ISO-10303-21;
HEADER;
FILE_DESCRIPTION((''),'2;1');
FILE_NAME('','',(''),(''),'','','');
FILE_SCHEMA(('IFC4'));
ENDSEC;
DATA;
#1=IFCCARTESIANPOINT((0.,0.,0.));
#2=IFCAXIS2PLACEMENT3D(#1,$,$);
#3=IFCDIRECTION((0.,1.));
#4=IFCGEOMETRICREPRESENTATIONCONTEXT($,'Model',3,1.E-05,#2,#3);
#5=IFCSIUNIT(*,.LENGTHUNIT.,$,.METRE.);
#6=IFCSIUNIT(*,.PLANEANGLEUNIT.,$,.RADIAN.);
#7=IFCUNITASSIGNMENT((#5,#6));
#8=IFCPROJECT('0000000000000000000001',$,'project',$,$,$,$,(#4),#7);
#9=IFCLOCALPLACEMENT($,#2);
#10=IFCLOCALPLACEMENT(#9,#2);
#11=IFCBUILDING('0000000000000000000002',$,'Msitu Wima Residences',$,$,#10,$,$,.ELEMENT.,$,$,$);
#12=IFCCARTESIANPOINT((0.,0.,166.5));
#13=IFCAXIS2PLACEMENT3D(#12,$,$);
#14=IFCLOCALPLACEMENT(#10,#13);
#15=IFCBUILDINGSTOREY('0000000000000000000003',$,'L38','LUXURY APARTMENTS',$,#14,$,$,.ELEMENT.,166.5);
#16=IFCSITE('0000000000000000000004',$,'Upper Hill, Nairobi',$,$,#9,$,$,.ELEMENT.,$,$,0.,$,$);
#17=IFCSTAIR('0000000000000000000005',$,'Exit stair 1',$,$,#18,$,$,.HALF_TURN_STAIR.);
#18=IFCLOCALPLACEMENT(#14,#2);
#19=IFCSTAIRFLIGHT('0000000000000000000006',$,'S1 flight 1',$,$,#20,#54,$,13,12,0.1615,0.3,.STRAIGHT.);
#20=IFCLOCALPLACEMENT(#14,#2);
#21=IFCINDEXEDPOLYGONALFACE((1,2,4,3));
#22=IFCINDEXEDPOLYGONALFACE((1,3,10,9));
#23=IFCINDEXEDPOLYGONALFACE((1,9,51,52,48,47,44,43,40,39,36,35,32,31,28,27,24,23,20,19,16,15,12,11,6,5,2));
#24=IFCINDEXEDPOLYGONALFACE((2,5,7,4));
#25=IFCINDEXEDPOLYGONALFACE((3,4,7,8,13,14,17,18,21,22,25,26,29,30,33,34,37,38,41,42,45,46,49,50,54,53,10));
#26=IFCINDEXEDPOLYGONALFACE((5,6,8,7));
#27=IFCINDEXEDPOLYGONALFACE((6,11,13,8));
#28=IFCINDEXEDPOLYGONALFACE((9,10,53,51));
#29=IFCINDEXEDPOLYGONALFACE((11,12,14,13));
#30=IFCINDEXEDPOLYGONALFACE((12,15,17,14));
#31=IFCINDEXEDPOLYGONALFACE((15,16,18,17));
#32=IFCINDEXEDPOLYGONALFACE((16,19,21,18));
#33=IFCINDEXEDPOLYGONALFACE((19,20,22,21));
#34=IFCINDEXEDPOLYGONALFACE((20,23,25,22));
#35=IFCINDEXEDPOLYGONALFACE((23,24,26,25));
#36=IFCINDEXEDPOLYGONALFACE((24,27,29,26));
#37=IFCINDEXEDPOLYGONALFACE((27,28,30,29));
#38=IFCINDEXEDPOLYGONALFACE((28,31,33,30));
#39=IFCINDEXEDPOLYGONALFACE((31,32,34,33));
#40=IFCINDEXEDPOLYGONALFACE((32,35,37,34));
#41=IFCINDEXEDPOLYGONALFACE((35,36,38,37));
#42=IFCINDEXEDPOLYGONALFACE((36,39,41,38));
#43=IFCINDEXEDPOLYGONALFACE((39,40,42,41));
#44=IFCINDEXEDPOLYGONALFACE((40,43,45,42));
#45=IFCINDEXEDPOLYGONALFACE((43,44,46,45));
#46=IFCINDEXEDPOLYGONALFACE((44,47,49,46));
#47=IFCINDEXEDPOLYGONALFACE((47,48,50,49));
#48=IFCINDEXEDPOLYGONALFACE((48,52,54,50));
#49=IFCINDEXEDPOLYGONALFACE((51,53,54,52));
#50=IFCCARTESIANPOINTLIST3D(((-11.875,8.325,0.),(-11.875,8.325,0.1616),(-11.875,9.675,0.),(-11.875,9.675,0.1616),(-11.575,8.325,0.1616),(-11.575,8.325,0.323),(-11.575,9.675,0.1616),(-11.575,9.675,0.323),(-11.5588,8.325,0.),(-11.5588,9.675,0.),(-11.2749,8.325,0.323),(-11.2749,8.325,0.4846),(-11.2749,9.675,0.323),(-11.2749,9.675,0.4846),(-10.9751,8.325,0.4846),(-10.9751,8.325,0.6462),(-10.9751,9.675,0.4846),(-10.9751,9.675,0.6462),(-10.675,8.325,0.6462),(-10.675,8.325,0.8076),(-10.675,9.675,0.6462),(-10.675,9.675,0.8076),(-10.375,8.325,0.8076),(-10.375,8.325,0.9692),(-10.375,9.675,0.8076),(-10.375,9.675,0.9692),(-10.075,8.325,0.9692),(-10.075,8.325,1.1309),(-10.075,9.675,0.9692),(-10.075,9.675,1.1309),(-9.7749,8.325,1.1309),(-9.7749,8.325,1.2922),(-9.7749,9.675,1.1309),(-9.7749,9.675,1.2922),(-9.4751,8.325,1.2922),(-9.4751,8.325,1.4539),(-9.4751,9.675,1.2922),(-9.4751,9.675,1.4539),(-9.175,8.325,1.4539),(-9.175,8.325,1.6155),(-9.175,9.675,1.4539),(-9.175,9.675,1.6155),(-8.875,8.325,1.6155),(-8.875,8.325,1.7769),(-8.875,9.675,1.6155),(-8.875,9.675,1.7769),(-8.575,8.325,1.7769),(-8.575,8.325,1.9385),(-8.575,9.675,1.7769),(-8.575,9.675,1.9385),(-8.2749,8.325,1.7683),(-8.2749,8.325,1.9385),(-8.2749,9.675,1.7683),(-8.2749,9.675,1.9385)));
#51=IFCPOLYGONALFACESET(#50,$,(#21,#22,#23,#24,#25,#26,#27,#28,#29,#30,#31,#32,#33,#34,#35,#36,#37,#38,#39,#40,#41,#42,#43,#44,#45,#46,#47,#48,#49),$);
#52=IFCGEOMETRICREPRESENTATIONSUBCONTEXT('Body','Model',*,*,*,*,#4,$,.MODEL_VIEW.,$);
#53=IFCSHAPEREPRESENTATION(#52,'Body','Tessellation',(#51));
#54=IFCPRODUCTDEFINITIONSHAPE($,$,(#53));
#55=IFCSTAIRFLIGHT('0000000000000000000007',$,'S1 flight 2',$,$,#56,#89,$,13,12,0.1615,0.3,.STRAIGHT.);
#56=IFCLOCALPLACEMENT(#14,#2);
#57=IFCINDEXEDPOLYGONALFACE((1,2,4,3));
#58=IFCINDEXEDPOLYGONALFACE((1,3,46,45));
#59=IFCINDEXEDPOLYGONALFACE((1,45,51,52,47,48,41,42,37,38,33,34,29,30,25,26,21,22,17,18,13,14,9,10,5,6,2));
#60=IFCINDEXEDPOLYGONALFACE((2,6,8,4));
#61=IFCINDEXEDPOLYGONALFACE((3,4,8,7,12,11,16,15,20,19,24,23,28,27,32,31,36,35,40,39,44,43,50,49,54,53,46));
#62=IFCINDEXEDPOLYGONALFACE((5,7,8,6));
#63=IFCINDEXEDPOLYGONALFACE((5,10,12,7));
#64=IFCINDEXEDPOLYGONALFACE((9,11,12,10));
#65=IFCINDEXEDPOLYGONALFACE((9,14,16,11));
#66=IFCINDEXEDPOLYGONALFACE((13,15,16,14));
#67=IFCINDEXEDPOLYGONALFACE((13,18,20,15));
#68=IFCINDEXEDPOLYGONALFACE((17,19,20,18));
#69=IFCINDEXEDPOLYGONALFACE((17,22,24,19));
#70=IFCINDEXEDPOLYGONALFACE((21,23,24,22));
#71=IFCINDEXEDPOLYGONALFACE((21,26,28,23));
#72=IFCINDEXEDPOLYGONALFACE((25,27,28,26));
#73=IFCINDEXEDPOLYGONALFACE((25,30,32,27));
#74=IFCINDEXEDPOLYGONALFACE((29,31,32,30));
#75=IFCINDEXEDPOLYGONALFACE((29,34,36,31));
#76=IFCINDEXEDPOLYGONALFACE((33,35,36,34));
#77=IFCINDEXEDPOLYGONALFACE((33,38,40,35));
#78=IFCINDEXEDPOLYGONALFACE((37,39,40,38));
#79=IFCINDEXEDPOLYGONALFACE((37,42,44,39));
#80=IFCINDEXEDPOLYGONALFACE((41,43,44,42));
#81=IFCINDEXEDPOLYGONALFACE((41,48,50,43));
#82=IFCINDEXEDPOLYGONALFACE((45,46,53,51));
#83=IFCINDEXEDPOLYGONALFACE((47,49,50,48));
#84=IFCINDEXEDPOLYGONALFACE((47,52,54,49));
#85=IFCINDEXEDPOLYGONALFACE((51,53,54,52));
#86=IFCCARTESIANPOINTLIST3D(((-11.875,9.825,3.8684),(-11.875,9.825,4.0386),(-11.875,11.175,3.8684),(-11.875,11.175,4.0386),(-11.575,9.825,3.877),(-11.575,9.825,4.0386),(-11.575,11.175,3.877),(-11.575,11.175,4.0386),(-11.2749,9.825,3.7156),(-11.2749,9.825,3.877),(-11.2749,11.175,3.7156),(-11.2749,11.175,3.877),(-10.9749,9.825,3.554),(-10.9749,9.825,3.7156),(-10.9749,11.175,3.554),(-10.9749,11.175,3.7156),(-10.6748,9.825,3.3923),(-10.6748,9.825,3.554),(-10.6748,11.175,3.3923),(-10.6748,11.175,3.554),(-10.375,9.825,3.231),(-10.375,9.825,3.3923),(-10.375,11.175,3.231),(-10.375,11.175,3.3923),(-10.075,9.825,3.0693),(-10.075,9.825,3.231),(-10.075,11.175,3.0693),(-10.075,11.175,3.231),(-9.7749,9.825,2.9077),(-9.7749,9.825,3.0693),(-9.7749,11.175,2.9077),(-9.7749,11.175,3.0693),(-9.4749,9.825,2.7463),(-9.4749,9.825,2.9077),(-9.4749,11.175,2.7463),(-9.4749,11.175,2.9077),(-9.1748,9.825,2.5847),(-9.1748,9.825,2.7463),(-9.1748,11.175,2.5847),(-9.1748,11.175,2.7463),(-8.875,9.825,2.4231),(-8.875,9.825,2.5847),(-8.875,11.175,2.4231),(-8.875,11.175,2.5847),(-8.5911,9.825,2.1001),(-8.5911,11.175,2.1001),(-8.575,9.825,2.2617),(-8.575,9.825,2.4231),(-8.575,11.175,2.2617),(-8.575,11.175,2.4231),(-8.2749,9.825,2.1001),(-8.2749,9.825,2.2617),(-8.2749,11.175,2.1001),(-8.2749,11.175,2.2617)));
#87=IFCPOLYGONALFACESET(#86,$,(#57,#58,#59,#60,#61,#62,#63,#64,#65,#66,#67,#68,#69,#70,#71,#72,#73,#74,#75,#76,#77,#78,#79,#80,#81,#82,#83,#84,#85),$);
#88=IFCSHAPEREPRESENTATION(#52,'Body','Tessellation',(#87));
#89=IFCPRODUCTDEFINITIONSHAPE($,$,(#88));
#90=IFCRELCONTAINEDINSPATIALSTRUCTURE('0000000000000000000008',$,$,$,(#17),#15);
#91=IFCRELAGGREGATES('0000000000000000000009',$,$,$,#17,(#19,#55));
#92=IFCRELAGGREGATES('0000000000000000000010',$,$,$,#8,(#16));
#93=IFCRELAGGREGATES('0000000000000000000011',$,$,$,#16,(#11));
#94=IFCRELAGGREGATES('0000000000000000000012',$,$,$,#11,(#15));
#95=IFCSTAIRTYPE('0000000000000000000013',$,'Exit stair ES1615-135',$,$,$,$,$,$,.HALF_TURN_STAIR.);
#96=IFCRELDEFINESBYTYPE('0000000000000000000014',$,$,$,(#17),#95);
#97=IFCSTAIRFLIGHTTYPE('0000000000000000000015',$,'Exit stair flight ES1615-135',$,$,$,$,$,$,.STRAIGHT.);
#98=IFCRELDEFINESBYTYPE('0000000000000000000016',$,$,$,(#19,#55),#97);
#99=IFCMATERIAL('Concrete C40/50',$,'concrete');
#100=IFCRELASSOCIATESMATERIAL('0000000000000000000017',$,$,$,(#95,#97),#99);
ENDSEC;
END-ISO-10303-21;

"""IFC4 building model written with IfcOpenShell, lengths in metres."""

from ifc_helpers import new_model, si_unit, direction, frame, origin, place, context, subcontext, project, spatial, polyline, outline, extrude, material, type_object, element, aggregate, save


model = new_model("IFC4")

# Units and contexts
model_context = context("Model", 3, precision=1e-05, world=origin(), true_north=direction((0.0, 1.0)))
body_context = subcontext(model_context, "Body", "Model", "MODEL_VIEW")
ifc_project = project(units=[si_unit("LENGTHUNIT", "METRE"), si_unit("PLANEANGLEUNIT", "RADIAN")], contexts=[model_context])

# Site, building, storey
site_placement = place(None, origin())
site = spatial("IfcSite", under=ifc_project, at=site_placement, Name="Upper Hill, Nairobi", CompositionType="ELEMENT", RefElevation=0.0)
building_placement = place(site_placement, origin())
building = spatial("IfcBuilding", under=site, at=building_placement, Name="Msitu Wima Residences", CompositionType="ELEMENT")
storey_placement = place(building_placement, frame((0.0, 0.0, 166.5)))
storey = spatial("IfcBuildingStorey", under=building, at=storey_placement, Name="L38", Description="LUXURY APARTMENTS", CompositionType="ELEMENT", Elevation=166.5)

# Shared definitions
ifc_material_1 = material(Name="Concrete C40/50", Category="concrete")

# Stair, stair flights
stair_type = type_object("IfcStairType", Name="Exit stair ES1615-135", PredefinedType="HALF_TURN_STAIR", material=ifc_material_1)
stair_placement = place(storey_placement, origin())
stair = element("IfcStair", 1, at=stair_placement, inside=storey, type_object=stair_type, Name="Exit stair 1", PredefinedType="HALF_TURN_STAIR")
stair_flight_type = type_object("IfcStairFlightType", Name="Exit stair flight ES1615-135", PredefinedType="STRAIGHT", material=ifc_material_1)
stair_flight_1_placement = place(storey_placement, frame((-11.875, 9.0, 0.0), z_axis=(0.0, 0.0, 1.0), x_axis=(1.0, 0.0, 0.0)))
stair_flight_1 = element("IfcStairFlight", 2, at=stair_flight_1_placement, type_object=stair_flight_type, Name="S1 flight 1", NumberOfRisers=13, NumberOfTreads=12, PredefinedType="STRAIGHT", RiserHeight=0.1615, TreadLength=0.3, context=body_context, shape_type="SweptSolid", body=[
    extrude(outline(polyline([(0.0, 0.0), (0.0, 0.1616), (0.3, 0.1616), (0.3, 0.323), (0.6001, 0.323), (0.6001, 0.4846), (0.8999, 0.4846), (0.8999, 0.6462), (1.2, 0.6462), (1.2, 0.8076), (1.5, 0.8076), (1.5, 0.9692), (1.8, 0.9692), (1.8, 1.1309), (2.1001, 1.1309), (2.1001, 1.2922), (2.3999, 1.2922), (2.3999, 1.4539), (2.7, 1.4539), (2.7, 1.6155), (3.0, 1.6155), (3.0, 1.7769), (3.3, 1.7769), (3.3, 1.9385), (3.6001, 1.9385), (3.6001, 2.1001), (3.6001, 1.7683), (0.3162, 0.0), (0.0, 0.0)])), frame((0.0, 0.675, 0.0), z_axis=(0.0, -1.0, 0.0), x_axis=(1.0, 0.0, 0.0)), (0.0, 0.0, 1.0), 1.3501),
])
stair_flight_2_placement = place(storey_placement, frame((-8.2749, 10.5, 2.1001), z_axis=(0.0, 0.0, 1.0), x_axis=(-1.0, 0.0, 0.0)))
stair_flight_2 = element("IfcStairFlight", 3, at=stair_flight_2_placement, type_object=stair_flight_type, Name="S1 flight 2", NumberOfRisers=13, NumberOfTreads=12, PredefinedType="STRAIGHT", RiserHeight=0.1615, TreadLength=0.3, context=body_context, shape_type="SweptSolid", body=[
    extrude(outline(polyline([(0.0, 0.0), (0.0, 0.1616), (0.3, 0.1616), (0.3, 0.323), (0.6001, 0.323), (0.6001, 0.4846), (0.8999, 0.4846), (0.8999, 0.6462), (1.2, 0.6462), (1.2, 0.8076), (1.5, 0.8076), (1.5, 0.9692), (1.8, 0.9692), (1.8, 1.1309), (2.1001, 1.1309), (2.1001, 1.2922), (2.3999, 1.2922), (2.3999, 1.4539), (2.7, 1.4539), (2.7, 1.6155), (3.0, 1.6155), (3.0, 1.7769), (3.3, 1.7769), (3.3, 1.9385), (3.6001, 1.9385), (3.6001, 2.1001), (3.6001, 1.7683), (0.3162, 0.0), (0.0, 0.0)])), frame((0.0, 0.675, 0.0), z_axis=(0.0, -1.0, 0.0), x_axis=(1.0, 0.0, 0.0)), (0.0, 0.0, 1.0), 1.3501),
])
aggregate(stair, [stair_flight_1, stair_flight_2])

save(model, "model.ifc")
